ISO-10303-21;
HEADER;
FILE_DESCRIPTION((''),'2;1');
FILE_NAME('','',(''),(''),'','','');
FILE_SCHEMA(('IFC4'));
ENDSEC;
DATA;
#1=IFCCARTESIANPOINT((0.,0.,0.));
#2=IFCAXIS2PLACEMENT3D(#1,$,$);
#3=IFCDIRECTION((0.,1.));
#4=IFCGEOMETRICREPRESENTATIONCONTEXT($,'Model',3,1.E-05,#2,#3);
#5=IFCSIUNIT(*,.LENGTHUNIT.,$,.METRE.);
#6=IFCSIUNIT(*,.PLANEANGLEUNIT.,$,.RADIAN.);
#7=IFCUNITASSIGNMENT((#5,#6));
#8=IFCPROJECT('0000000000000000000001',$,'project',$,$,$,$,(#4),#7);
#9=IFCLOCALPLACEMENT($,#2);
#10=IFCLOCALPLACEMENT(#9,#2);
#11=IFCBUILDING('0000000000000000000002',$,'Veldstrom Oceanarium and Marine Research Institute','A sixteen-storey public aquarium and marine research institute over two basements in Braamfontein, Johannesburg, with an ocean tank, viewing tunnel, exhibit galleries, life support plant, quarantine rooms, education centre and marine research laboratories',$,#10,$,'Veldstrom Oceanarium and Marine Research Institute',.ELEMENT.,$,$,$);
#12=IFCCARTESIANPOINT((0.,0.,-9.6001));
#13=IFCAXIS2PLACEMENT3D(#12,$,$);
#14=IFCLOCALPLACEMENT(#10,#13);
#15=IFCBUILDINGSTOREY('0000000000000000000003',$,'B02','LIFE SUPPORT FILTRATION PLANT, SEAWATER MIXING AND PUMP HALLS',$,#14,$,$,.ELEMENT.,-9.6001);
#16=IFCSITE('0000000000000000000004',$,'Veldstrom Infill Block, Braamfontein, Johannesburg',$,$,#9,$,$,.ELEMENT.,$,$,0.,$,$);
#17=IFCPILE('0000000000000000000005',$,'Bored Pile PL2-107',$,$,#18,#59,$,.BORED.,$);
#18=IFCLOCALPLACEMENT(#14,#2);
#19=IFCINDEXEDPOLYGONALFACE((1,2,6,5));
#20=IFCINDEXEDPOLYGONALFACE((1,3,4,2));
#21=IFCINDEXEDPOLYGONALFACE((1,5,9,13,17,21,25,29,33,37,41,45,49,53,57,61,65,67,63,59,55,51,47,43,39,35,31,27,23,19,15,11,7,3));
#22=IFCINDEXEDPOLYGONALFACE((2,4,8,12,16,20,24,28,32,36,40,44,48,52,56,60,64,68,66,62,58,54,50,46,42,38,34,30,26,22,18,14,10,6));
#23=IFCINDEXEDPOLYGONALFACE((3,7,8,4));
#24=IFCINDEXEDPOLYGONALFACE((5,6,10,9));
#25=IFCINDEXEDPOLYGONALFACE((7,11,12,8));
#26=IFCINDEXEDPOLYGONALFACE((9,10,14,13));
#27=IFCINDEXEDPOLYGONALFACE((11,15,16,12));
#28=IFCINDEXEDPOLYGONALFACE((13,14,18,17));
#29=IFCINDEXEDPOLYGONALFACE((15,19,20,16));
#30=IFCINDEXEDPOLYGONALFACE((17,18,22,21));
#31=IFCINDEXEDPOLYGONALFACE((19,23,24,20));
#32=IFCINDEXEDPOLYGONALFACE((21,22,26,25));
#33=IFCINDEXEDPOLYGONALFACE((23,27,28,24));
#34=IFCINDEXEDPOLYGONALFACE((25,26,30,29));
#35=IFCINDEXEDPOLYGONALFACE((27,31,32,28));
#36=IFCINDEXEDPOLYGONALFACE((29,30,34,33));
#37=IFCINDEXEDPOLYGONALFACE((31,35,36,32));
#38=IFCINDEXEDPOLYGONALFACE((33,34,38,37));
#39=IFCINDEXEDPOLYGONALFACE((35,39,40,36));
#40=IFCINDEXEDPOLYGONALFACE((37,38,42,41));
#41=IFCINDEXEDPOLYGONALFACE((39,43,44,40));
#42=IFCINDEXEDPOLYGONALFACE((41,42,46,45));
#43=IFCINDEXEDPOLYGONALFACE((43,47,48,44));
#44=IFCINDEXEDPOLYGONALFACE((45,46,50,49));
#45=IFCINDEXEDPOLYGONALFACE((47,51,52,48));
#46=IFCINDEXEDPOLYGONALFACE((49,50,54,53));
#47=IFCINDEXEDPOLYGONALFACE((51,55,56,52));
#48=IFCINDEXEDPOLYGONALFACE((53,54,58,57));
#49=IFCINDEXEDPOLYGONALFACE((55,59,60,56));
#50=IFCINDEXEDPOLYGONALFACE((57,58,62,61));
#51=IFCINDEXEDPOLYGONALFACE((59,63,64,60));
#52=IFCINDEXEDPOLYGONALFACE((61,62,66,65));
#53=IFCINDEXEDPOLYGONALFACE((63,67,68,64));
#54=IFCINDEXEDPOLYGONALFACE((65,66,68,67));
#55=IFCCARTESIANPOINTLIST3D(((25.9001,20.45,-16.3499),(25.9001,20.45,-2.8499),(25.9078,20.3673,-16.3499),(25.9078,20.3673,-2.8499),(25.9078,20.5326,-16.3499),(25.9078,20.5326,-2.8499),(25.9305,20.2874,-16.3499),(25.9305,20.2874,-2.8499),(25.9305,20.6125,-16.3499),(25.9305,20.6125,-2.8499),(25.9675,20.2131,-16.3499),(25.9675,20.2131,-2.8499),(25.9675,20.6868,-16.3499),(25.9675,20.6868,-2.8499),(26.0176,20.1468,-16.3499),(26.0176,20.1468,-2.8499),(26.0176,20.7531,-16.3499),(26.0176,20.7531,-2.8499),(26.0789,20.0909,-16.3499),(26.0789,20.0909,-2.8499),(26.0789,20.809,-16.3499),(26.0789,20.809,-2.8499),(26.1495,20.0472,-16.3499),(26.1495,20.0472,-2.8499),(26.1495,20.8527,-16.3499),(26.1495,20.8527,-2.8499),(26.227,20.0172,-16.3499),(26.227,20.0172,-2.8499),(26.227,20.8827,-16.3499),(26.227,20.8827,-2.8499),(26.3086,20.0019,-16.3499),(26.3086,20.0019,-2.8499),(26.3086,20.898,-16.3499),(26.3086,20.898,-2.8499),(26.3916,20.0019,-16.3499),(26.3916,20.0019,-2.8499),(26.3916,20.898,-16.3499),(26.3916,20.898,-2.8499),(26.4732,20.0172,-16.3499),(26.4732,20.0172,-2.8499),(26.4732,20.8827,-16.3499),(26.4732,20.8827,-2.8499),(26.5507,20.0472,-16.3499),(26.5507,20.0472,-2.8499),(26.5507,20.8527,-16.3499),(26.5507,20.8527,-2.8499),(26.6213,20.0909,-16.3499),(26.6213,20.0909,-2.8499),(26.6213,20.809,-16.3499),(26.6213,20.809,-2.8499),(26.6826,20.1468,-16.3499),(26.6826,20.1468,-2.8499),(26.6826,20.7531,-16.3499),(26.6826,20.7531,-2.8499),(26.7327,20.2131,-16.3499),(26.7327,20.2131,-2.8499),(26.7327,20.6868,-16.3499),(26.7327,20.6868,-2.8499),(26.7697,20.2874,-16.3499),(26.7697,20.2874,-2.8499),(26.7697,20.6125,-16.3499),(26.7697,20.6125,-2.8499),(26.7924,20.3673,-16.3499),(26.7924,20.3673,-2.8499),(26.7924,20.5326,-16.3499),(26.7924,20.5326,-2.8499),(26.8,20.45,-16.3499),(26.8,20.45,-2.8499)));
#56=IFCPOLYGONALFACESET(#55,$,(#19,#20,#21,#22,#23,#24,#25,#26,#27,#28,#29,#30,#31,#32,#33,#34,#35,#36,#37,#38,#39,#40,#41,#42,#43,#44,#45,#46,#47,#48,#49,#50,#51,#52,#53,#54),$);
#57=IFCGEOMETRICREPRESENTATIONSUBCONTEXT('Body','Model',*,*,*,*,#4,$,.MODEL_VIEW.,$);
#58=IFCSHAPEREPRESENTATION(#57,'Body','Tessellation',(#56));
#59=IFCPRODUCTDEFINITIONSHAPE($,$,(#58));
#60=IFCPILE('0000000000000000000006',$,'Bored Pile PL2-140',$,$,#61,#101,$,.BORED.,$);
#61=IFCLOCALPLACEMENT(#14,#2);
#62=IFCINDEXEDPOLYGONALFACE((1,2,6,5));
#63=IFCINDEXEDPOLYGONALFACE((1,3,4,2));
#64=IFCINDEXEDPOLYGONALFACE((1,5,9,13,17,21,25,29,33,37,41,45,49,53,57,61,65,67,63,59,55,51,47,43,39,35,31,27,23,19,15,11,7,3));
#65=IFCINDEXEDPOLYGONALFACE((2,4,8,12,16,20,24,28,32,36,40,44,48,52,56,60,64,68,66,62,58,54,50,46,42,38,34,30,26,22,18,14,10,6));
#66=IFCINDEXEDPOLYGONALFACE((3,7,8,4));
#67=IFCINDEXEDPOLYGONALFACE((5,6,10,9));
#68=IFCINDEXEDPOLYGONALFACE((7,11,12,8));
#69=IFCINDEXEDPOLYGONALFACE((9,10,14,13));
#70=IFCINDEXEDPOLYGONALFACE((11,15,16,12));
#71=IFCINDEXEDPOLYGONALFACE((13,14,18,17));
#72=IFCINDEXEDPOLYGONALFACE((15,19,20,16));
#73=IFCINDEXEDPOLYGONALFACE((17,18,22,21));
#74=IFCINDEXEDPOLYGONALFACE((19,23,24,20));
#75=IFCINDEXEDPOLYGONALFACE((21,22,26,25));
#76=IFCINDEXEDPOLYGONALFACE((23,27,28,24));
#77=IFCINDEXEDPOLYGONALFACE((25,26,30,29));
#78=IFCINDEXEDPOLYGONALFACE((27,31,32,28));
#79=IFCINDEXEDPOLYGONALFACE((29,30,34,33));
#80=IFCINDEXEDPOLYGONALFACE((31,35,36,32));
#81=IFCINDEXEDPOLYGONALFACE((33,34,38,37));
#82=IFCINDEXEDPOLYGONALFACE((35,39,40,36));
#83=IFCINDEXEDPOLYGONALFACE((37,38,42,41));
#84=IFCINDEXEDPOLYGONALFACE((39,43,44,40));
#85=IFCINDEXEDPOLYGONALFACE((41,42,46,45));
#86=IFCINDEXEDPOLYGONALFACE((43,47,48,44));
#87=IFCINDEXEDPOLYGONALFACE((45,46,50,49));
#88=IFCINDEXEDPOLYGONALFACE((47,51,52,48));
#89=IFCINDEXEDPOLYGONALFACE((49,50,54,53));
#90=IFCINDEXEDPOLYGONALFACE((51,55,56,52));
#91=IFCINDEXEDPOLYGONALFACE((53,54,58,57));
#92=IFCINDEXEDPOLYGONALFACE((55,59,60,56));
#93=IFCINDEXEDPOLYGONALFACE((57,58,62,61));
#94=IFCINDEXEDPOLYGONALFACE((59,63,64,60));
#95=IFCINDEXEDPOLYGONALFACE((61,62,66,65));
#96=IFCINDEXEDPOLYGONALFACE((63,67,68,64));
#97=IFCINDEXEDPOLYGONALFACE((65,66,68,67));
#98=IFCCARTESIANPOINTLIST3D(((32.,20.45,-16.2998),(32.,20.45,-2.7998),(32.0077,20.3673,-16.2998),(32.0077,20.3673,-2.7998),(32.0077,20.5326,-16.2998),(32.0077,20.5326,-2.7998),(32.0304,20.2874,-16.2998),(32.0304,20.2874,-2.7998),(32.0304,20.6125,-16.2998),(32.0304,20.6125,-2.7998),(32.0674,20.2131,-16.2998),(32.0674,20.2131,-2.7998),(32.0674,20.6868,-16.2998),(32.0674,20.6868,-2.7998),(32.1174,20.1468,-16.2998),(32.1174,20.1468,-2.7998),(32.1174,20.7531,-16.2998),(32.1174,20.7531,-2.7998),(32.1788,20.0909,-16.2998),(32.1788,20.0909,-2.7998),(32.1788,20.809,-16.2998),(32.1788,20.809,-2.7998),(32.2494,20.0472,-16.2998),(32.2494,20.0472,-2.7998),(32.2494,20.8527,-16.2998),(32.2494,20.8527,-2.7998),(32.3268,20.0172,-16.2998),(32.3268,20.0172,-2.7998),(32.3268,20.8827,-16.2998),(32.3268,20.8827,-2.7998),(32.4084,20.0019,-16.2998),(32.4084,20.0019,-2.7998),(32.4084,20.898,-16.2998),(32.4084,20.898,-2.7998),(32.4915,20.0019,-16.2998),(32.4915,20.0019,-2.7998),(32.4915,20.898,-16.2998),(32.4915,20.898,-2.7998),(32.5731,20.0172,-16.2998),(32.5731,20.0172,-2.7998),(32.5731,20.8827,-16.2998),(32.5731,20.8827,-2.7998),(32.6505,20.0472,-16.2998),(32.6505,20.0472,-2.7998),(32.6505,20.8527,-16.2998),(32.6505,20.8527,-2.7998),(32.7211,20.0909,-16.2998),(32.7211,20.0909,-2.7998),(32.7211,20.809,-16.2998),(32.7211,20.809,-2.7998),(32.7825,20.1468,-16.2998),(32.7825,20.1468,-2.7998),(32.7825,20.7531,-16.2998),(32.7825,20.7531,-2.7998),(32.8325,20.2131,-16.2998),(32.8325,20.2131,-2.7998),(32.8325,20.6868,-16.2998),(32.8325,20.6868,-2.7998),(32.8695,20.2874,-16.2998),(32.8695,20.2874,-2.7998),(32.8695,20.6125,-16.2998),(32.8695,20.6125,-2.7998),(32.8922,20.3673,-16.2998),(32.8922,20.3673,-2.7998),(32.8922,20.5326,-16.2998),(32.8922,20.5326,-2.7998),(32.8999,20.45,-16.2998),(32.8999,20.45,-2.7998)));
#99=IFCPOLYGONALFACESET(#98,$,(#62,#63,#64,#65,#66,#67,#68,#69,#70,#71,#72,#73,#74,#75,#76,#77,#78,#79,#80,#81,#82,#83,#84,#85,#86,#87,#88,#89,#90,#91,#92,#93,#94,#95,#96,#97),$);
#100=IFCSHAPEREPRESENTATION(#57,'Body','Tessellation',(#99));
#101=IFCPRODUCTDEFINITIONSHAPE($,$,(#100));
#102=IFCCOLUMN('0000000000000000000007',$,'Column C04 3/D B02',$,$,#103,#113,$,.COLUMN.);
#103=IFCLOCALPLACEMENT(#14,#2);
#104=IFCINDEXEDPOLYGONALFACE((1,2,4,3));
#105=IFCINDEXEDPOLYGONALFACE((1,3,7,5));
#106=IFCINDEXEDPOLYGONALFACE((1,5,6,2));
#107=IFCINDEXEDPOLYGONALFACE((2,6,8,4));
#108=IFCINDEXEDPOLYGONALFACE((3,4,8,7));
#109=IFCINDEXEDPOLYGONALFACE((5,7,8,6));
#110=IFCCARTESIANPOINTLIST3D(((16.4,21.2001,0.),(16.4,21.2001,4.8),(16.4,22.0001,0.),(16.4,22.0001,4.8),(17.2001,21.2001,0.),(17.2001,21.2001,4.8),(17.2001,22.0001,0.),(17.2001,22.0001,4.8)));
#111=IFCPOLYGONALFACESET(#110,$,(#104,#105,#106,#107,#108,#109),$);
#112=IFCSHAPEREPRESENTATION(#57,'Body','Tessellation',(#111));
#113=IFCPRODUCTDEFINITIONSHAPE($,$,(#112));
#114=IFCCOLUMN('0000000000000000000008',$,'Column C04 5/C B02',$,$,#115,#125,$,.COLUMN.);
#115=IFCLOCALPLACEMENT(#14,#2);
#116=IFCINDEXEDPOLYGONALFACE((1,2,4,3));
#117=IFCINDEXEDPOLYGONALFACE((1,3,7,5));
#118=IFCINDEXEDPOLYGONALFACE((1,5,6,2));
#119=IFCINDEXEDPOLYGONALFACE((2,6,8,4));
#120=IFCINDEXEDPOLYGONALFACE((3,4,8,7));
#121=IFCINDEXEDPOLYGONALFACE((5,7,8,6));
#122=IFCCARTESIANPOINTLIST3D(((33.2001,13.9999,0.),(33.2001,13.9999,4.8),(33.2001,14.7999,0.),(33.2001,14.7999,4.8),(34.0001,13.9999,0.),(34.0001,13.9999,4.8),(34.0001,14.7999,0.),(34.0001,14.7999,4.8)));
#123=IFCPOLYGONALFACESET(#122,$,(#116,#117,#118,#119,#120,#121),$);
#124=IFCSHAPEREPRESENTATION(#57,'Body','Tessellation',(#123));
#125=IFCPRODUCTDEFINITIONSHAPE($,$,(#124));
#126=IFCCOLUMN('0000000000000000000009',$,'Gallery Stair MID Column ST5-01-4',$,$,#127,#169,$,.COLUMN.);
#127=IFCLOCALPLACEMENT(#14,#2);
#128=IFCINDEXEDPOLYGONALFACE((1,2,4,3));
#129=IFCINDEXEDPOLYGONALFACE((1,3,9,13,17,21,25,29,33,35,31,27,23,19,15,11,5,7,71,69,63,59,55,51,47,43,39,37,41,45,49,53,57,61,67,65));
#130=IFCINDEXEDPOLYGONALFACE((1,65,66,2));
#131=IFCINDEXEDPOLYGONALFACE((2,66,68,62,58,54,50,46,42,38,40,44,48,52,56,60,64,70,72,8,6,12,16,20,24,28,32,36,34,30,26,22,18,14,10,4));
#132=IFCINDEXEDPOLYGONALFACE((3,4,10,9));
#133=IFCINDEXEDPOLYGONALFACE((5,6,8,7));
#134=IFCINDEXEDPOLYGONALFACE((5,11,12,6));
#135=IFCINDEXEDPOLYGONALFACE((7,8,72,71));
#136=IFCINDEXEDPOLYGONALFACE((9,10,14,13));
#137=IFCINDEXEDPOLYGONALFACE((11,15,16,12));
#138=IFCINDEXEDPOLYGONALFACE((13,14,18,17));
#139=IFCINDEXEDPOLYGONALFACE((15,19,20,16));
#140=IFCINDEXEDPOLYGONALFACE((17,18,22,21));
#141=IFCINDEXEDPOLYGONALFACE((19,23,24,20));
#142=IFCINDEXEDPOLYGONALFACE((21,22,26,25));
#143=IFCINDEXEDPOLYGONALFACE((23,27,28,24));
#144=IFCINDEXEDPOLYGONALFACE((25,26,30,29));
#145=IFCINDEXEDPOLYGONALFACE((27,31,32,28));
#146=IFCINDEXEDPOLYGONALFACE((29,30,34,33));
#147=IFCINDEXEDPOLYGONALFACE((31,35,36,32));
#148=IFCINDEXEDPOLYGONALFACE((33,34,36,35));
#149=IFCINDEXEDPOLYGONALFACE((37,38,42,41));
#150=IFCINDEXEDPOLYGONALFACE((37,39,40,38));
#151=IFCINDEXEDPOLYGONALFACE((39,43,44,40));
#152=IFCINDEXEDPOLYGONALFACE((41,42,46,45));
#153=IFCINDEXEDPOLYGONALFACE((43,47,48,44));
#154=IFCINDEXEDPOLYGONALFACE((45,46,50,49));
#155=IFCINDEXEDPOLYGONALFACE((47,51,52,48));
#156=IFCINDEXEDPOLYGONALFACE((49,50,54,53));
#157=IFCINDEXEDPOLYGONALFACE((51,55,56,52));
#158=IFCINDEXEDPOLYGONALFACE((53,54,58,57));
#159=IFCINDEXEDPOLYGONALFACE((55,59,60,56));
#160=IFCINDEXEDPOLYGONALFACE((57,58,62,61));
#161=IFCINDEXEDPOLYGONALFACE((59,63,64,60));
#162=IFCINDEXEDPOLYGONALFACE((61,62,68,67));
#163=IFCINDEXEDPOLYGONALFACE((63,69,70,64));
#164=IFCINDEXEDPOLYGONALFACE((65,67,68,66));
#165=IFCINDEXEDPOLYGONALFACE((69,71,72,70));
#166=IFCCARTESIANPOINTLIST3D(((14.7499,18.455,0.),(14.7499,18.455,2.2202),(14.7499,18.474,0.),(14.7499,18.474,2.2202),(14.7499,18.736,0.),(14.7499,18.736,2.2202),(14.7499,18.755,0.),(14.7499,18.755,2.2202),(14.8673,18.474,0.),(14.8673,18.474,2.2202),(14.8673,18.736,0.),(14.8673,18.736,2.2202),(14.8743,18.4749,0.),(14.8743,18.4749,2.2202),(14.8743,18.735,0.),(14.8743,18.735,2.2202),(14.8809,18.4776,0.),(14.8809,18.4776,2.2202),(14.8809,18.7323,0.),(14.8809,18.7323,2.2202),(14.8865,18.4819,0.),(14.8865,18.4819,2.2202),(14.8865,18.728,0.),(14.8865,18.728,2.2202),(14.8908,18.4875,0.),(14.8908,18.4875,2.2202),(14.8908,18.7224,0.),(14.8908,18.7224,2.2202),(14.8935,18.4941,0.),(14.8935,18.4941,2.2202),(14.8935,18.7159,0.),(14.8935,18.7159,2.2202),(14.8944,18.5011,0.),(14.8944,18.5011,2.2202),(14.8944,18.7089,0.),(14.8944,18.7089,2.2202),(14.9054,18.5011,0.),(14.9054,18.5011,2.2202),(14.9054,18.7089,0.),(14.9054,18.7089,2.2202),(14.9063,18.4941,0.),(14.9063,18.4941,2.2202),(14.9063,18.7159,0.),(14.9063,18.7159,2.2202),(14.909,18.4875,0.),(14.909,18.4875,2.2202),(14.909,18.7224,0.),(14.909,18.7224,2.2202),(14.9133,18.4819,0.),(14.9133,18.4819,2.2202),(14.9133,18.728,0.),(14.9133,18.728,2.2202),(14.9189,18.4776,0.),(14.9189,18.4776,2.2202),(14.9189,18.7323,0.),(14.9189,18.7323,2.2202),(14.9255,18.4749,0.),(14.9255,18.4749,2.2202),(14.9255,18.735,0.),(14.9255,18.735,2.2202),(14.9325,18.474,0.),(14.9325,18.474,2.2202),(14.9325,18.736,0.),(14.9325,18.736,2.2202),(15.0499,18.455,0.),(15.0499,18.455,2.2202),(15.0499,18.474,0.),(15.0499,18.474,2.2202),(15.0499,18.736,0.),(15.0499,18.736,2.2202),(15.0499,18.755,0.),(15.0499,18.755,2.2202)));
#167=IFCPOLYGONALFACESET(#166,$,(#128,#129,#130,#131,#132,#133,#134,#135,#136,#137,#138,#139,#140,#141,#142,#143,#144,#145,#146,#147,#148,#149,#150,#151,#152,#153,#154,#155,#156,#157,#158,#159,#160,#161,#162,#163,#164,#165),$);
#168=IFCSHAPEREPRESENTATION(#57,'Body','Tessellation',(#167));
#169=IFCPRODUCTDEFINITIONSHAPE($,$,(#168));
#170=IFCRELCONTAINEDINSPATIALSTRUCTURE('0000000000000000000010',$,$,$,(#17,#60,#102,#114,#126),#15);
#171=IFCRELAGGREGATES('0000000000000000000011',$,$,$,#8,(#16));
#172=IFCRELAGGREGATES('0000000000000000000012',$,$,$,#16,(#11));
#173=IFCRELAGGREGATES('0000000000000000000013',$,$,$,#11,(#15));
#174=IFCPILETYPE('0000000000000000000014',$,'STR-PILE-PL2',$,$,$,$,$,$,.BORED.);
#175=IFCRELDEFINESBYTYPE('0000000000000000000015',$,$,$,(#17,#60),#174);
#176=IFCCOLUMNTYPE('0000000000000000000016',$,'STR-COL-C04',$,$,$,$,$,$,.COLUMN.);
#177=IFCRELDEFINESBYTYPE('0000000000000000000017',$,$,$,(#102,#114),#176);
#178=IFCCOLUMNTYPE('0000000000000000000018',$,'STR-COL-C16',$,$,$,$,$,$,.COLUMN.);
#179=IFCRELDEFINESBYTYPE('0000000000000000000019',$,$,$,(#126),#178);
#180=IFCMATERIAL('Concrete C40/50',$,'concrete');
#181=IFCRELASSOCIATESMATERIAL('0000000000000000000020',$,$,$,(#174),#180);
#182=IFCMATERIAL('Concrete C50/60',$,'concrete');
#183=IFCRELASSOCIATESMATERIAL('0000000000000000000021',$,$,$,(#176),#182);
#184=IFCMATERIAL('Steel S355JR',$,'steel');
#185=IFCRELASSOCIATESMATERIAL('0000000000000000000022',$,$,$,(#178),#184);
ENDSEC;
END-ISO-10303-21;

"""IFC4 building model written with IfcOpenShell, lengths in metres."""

from ifc_helpers import new_model, si_unit, direction, frame, origin, origin_2d, place, context, subcontext, project, spatial, rectangle, circle, i_section, extrude, material, material_profile, profile_set, type_object, element, save


model = new_model("IFC4")

# Units and contexts
model_context = context("Model", 3, precision=1e-05, world=origin(), true_north=direction((0.0, 1.0)))
body_context = subcontext(model_context, "Body", "Model", "MODEL_VIEW")
ifc_project = project(units=[si_unit("LENGTHUNIT", "METRE"), si_unit("PLANEANGLEUNIT", "RADIAN")], contexts=[model_context])

# Site, building, storey
site_placement = place(None, origin())
site = spatial("IfcSite", under=ifc_project, at=site_placement, Name="Veldstrom Infill Block, Braamfontein, Johannesburg", CompositionType="ELEMENT", RefElevation=0.0)
building_placement = place(site_placement, origin())
building = spatial("IfcBuilding", under=site, at=building_placement, Name="Veldstrom Oceanarium and Marine Research Institute", Description="A sixteen-storey public aquarium and marine research institute over two basements in Braamfontein, Johannesburg, with an ocean tank, viewing tunnel, exhibit galleries, life support plant, quarantine rooms, education centre and marine research laboratories", LongName="Veldstrom Oceanarium and Marine Research Institute", CompositionType="ELEMENT")
storey_placement = place(building_placement, frame((0.0, 0.0, -9.6001)))
storey = spatial("IfcBuildingStorey", under=building, at=storey_placement, Name="B02", Description="LIFE SUPPORT FILTRATION PLANT, SEAWATER MIXING AND PUMP HALLS", CompositionType="ELEMENT", Elevation=-9.6001)

# Piles
ifc_material_1 = material(Name="Concrete C40/50", Category="concrete")
ifc_material_profile_1 = material_profile(ifc_material_1, circle(Radius=0.45, at=origin_2d()), Name="PILE-D900")
ifc_profile_set_1 = profile_set([ifc_material_profile_1], Name="Concrete C40/50")
pile_type_1 = type_object("IfcPileType", Name="STR-PILE-PL2", PredefinedType="BORED", material=ifc_profile_set_1)
for number, where, z_axis, x_axis, name in (
    (1, (26.3501, 20.45, -2.8499), (0.0, 0.0, -1.0), (1.0, 0.0, 0.0), "Bored Pile PL2-107"),
    (2, (32.45, 20.45, -2.7998), (0.0, 0.0, -1.0), (1.0, 0.0, 0.0), "Bored Pile PL2-140"),
):
    element("IfcPile", number, at=place(storey_placement, frame(where, z_axis=z_axis, x_axis=x_axis)), inside=storey, type_object=pile_type_1, Name=name, PredefinedType="BORED", context=body_context, shape_type="SweptSolid", body=[
        extrude(circle(Radius=0.45, at=origin_2d()), origin(), (0.0, 0.0, 1.0), 13.5),
    ])

# Columns
ifc_material_2 = material(Name="Concrete C50/60", Category="concrete")
ifc_material_profile_2 = material_profile(ifc_material_2, rectangle(XDim=0.8, YDim=0.8, at=origin_2d()), Name="RC-COL-800x800")
ifc_profile_set_2 = profile_set([ifc_material_profile_2], Name="Concrete C50/60")
column_type_1 = type_object("IfcColumnType", Name="STR-COL-C04", PredefinedType="COLUMN", material=ifc_profile_set_2)
for number, where, z_axis, x_axis, name in (
    (3, (16.8, 21.6001, 0.0), (0.0, 0.0, 1.0), (1.0, 0.0, 0.0), "Column C04 3/D B02"),
    (4, (33.6001, 14.3999, 0.0), (0.0, 0.0, 1.0), (1.0, 0.0, 0.0), "Column C04 5/C B02"),
):
    element("IfcColumn", number, at=place(storey_placement, frame(where, z_axis=z_axis, x_axis=x_axis)), inside=storey, type_object=column_type_1, Name=name, PredefinedType="COLUMN", context=body_context, shape_type="SweptSolid", body=[
        extrude(rectangle(XDim=0.8, YDim=0.8, at=origin_2d()), origin(), (0.0, 0.0, 1.0), 4.8),
    ])
ifc_material_3 = material(Name="Steel S355JR", Category="steel")
ifc_material_profile_3 = material_profile(ifc_material_3, i_section(OverallWidth=0.3, OverallDepth=0.3, WebThickness=0.011, FlangeThickness=0.019, FilletRadius=0.0271, at=origin_2d()), Name="HEB 300")
ifc_profile_set_3 = profile_set([ifc_material_profile_3], Name="Steel S355JR")
column_type_2 = type_object("IfcColumnType", Name="STR-COL-C16", PredefinedType="COLUMN", material=ifc_profile_set_3)
column_placement = place(storey_placement, frame((14.8999, 18.605, 0.0), z_axis=(0.0, 0.0, 1.0), x_axis=(1.0, 0.0, 0.0)))
element("IfcColumn", 5, at=column_placement, inside=storey, type_object=column_type_2, Name="Gallery Stair MID Column ST5-01-4", PredefinedType="COLUMN", context=body_context, shape_type="SweptSolid", body=[
    extrude(i_section(OverallWidth=0.3, OverallDepth=0.3, WebThickness=0.011, FlangeThickness=0.019, FilletRadius=0.0271, at=origin_2d()), origin(), (0.0, 0.0, 1.0), 2.2202),
])

save(model, "model.ifc")
